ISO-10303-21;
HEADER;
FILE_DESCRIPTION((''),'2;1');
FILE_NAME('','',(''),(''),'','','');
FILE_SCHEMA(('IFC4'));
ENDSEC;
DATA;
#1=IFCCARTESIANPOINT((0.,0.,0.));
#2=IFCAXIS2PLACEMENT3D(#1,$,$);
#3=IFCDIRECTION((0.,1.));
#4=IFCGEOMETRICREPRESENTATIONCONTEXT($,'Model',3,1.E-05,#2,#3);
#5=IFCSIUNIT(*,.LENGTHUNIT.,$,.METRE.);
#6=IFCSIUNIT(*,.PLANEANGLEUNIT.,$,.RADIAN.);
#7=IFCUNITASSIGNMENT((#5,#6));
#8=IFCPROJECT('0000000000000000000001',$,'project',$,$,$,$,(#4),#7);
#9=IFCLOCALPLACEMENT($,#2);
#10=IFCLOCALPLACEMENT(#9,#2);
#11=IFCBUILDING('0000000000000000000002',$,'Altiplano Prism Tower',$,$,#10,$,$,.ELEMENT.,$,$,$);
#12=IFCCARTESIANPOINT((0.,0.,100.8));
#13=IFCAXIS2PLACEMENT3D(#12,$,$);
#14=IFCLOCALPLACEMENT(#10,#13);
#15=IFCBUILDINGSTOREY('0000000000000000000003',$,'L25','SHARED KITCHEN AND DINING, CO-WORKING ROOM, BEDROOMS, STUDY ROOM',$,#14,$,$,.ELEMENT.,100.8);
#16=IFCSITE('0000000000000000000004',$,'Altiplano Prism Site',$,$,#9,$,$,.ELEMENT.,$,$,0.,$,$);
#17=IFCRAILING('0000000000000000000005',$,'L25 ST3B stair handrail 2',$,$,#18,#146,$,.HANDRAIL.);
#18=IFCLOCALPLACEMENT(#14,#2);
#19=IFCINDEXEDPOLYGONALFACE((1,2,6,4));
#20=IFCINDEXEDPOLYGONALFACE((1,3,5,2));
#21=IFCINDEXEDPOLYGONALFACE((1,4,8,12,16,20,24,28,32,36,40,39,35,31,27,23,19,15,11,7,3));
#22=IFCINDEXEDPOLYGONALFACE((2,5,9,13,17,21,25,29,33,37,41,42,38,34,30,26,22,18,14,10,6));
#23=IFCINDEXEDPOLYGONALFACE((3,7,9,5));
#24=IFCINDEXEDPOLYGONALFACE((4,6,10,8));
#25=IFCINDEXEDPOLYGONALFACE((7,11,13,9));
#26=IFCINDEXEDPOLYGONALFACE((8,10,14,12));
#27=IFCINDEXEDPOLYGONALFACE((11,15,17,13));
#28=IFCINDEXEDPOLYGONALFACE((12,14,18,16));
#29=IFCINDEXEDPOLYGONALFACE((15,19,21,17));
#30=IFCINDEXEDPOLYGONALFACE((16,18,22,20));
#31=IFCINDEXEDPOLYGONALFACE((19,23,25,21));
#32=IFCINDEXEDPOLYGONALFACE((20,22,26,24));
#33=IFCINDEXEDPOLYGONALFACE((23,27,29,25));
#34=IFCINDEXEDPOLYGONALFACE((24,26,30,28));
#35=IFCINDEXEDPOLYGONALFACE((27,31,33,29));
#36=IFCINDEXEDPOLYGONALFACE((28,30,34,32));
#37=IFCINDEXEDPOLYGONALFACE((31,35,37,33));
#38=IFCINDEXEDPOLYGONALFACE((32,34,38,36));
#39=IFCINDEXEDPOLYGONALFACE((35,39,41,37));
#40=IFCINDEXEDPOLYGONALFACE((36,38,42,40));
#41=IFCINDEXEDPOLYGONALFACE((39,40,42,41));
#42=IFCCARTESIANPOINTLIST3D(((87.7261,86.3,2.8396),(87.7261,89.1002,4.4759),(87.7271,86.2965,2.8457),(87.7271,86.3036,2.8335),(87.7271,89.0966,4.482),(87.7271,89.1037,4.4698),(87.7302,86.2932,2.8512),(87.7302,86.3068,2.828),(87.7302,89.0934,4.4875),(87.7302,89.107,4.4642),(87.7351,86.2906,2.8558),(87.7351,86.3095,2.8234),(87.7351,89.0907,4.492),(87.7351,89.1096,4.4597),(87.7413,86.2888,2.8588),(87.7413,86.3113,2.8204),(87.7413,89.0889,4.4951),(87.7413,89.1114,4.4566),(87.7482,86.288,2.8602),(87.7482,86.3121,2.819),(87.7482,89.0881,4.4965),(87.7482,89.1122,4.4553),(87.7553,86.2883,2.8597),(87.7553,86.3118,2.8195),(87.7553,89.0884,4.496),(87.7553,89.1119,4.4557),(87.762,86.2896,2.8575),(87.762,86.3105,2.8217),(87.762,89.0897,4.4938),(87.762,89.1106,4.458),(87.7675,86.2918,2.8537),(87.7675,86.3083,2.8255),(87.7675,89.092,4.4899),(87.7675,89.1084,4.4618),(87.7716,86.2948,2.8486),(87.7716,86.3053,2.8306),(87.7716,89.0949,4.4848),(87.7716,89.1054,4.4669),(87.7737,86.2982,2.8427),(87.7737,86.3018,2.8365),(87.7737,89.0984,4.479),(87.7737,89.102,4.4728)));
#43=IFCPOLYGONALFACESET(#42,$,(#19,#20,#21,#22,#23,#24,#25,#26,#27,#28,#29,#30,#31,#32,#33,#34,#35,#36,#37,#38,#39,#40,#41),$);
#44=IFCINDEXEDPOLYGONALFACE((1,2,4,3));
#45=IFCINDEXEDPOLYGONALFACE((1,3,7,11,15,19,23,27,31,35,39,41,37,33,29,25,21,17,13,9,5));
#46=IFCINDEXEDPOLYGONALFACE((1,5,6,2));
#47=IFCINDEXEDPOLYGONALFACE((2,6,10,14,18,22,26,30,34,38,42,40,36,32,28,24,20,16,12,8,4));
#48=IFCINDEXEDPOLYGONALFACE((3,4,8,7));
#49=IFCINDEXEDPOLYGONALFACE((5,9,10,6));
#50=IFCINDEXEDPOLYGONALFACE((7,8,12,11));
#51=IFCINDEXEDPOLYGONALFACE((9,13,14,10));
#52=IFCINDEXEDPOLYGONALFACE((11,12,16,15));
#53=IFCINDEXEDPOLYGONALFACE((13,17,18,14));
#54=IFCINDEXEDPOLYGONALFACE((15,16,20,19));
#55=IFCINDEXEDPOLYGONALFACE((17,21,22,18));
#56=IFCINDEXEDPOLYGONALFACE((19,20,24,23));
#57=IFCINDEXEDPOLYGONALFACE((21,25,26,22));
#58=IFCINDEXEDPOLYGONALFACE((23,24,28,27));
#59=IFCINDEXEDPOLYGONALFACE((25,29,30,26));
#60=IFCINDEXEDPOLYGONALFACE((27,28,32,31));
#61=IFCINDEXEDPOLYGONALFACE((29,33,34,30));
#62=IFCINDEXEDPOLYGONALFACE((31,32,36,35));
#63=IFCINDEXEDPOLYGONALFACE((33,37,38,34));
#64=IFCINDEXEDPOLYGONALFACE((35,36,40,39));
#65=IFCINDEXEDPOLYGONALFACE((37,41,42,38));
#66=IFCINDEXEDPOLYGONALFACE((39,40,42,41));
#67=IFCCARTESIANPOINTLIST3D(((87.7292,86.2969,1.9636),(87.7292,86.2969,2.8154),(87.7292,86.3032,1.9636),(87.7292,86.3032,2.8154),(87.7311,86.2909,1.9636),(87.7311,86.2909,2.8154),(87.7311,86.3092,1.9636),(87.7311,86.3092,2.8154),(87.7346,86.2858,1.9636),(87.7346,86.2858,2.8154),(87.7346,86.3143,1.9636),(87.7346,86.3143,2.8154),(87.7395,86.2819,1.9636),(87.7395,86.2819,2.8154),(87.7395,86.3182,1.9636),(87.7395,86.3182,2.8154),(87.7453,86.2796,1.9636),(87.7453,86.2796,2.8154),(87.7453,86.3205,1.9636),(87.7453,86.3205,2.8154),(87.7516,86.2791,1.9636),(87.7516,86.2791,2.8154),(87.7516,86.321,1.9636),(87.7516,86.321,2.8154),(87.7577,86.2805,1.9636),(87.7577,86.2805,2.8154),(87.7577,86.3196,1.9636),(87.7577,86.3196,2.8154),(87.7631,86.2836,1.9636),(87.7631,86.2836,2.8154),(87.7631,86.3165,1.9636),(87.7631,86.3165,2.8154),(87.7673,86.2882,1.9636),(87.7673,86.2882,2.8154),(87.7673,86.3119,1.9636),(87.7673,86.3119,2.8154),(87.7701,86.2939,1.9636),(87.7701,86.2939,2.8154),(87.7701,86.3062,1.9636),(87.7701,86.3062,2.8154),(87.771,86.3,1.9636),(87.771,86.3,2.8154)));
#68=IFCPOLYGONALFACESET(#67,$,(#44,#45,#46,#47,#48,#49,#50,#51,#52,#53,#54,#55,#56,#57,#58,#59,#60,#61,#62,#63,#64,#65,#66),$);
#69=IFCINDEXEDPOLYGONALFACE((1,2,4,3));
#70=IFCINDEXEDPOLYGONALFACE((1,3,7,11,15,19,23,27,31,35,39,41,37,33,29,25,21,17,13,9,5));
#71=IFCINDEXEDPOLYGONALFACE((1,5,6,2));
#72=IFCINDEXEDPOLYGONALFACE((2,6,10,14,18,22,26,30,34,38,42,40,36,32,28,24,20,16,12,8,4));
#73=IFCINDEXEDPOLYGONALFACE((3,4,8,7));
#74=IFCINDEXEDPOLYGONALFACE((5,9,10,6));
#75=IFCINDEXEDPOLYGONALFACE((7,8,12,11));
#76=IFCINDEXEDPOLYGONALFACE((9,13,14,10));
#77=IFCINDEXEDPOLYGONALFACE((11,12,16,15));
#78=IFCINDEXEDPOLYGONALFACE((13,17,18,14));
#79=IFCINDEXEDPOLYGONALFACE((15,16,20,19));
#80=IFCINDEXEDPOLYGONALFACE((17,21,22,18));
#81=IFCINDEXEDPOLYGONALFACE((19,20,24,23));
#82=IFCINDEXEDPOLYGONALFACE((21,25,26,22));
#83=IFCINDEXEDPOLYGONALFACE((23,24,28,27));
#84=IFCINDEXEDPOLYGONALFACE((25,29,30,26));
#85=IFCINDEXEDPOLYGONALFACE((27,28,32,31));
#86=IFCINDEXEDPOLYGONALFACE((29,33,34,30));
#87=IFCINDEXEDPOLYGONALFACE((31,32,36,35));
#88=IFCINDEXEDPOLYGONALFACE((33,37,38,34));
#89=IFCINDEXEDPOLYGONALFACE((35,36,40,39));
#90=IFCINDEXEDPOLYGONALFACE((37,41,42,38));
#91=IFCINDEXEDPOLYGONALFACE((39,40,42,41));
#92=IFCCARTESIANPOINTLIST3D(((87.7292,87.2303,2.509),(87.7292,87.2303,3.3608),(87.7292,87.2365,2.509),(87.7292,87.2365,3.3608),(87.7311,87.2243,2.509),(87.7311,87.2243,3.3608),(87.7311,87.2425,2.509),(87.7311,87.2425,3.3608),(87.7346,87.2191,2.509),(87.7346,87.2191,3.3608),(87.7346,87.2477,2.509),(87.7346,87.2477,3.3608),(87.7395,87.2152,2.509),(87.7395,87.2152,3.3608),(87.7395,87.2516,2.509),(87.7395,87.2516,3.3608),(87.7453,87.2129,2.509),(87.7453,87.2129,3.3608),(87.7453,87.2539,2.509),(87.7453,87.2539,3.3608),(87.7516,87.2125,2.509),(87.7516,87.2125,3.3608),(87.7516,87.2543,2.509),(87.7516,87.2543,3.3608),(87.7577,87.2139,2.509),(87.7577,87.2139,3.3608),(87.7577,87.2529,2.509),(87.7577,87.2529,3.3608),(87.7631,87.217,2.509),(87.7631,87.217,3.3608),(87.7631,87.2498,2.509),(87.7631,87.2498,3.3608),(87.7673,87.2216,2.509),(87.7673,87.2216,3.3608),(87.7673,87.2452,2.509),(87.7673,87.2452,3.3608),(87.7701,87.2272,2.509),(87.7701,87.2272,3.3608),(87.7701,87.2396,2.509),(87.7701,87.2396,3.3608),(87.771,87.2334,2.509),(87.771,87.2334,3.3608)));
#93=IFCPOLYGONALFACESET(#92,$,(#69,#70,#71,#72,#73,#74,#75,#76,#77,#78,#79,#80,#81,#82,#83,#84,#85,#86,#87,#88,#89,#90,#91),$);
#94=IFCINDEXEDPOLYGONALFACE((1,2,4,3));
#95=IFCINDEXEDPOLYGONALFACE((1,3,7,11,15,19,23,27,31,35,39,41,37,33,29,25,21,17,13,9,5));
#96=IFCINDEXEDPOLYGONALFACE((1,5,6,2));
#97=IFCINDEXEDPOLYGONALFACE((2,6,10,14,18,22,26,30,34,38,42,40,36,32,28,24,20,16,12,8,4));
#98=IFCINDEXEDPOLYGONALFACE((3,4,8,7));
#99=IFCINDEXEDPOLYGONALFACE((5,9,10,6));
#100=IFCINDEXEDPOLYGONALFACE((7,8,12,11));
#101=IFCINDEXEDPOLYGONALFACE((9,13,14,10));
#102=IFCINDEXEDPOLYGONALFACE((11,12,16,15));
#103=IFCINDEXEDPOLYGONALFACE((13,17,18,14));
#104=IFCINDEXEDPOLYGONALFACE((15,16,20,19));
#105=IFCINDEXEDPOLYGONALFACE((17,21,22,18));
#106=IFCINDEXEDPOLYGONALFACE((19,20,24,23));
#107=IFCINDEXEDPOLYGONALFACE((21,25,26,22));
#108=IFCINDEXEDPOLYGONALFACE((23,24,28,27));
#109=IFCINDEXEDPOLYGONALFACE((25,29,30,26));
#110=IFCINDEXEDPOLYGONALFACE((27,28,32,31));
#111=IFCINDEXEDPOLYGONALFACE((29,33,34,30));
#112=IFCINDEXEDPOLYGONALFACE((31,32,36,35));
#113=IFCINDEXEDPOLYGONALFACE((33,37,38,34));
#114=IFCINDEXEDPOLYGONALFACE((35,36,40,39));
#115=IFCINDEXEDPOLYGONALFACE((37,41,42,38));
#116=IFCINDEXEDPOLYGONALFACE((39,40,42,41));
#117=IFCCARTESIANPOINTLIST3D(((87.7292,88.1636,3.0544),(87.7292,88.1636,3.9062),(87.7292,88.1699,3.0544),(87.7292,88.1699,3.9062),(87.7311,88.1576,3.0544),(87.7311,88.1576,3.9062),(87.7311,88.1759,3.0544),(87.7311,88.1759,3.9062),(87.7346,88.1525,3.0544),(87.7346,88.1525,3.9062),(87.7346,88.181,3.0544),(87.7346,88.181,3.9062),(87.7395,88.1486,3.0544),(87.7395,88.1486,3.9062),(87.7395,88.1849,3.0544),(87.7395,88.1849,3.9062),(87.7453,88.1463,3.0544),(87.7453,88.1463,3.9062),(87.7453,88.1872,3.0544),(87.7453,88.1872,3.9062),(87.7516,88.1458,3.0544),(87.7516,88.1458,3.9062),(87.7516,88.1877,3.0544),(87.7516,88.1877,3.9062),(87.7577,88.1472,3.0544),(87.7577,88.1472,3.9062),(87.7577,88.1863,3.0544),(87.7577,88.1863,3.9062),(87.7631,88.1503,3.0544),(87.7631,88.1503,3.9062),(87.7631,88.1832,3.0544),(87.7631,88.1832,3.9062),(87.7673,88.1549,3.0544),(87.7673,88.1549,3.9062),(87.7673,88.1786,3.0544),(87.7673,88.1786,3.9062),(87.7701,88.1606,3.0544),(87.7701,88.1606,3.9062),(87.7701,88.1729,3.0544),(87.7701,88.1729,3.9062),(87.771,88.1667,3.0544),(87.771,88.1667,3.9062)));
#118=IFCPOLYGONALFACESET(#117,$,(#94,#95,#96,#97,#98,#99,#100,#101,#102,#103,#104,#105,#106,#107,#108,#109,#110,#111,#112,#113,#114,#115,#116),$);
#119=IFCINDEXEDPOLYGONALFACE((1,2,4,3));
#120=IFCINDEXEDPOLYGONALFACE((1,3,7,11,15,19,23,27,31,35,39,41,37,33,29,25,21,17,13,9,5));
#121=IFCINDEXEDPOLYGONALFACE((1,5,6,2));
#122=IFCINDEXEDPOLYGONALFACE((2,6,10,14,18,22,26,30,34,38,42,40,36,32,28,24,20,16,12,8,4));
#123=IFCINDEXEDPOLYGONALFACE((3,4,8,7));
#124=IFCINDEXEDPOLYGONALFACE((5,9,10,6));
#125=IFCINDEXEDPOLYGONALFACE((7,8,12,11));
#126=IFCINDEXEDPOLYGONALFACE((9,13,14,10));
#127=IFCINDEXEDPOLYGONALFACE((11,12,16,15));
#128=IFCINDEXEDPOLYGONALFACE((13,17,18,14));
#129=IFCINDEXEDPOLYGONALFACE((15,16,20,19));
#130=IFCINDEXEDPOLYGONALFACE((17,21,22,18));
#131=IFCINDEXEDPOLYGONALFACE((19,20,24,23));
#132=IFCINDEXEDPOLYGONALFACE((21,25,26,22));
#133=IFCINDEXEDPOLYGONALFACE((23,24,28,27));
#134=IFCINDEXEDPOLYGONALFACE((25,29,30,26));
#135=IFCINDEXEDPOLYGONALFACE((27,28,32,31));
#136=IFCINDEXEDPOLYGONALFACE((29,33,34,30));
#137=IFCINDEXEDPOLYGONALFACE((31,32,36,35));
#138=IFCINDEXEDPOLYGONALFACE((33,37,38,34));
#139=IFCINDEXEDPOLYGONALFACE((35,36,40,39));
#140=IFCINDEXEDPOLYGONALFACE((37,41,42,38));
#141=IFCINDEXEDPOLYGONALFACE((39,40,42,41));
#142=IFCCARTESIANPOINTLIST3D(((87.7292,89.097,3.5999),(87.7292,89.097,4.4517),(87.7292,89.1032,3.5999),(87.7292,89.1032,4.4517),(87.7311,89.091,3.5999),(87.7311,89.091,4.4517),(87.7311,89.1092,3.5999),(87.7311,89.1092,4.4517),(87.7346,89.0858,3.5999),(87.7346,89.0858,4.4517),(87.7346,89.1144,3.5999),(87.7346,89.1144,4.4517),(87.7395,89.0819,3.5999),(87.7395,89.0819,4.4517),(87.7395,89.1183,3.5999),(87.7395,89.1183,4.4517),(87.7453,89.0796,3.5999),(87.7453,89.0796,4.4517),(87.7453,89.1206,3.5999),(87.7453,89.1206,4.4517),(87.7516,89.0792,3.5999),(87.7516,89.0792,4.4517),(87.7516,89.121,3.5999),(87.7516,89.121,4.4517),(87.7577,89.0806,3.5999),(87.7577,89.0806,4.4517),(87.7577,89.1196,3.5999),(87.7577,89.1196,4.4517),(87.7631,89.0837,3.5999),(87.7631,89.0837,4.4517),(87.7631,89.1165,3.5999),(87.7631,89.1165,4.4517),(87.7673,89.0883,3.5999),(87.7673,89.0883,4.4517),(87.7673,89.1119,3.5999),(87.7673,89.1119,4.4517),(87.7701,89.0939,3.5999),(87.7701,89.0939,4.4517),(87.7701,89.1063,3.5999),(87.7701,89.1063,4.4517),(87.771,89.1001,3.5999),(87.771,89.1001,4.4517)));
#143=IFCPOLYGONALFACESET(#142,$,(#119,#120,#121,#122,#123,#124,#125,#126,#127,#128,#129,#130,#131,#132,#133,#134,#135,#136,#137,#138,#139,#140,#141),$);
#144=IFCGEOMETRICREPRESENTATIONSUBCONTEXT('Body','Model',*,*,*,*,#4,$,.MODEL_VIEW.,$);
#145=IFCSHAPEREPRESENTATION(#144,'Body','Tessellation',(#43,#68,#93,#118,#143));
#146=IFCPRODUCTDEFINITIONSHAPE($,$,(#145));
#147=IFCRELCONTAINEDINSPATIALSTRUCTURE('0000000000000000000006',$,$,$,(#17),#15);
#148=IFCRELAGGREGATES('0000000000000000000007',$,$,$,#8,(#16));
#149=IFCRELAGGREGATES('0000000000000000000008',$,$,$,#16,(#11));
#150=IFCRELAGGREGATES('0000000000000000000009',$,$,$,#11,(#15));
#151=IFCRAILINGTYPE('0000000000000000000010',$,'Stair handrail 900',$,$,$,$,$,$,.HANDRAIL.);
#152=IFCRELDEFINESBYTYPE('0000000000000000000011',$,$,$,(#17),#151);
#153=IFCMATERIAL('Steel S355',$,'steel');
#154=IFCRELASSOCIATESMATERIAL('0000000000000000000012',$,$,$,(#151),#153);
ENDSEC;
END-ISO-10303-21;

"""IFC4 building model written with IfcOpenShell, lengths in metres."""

from ifc_helpers import new_model, si_unit, direction, frame, origin, origin_2d, place, context, subcontext, project, spatial, circle, extrude, material, type_object, element, save


model = new_model("IFC4")

# Units and contexts
model_context = context("Model", 3, precision=1e-05, world=origin(), true_north=direction((0.0, 1.0)))
body_context = subcontext(model_context, "Body", "Model", "MODEL_VIEW")
ifc_project = project(units=[si_unit("LENGTHUNIT", "METRE"), si_unit("PLANEANGLEUNIT", "RADIAN")], contexts=[model_context])

# Site, building, storey
site_placement = place(None, origin())
site = spatial("IfcSite", under=ifc_project, at=site_placement, Name="Altiplano Prism Site", CompositionType="ELEMENT", RefElevation=0.0)
building_placement = place(site_placement, origin())
building = spatial("IfcBuilding", under=site, at=building_placement, Name="Altiplano Prism Tower", CompositionType="ELEMENT")
storey_placement = place(building_placement, frame((0.0, 0.0, 100.8)))
storey = spatial("IfcBuildingStorey", under=building, at=storey_placement, Name="L25", Description="SHARED KITCHEN AND DINING, CO-WORKING ROOM, BEDROOMS, STUDY ROOM", CompositionType="ELEMENT", Elevation=100.8)

# Shared definitions
ifc_material_1 = material(Name="Steel S355", Category="steel")

# Railing
railing_type = type_object("IfcRailingType", Name="Stair handrail 900", PredefinedType="HANDRAIL", material=ifc_material_1)
for number, where, name in (
    (1, (87.75, 86.3, 1.9636), "L25 ST3B stair handrail 2"),
):
    element("IfcRailing", number, at=place(storey_placement, frame(where)), inside=storey, type_object=railing_type, Name=name, PredefinedType="HANDRAIL", context=body_context, shape_type="SweptSolid", body=[
        extrude(circle(Radius=0.0239, at=origin_2d()), frame((0.0, 0.0, 0.876), z_axis=(0.0, 0.863394, 0.504531), x_axis=(-1.0, 0.0, 0.0)), (0.0, 0.0, 1.0), 3.2432),
        extrude(circle(Radius=0.021, at=origin_2d()), origin(), (0.0, 0.0, 1.0), 0.8518),
        extrude(circle(Radius=0.021, at=origin_2d()), frame((0.0, 0.9333, 0.5454)), (0.0, 0.0, 1.0), 0.8518),
        extrude(circle(Radius=0.021, at=origin_2d()), frame((0.0, 1.8667, 1.0908)), (0.0, 0.0, 1.0), 0.8518),
        extrude(circle(Radius=0.021, at=origin_2d()), frame((0.0, 2.8, 1.6362)), (0.0, 0.0, 1.0), 0.8518),
    ])

save(model, "model.ifc")
